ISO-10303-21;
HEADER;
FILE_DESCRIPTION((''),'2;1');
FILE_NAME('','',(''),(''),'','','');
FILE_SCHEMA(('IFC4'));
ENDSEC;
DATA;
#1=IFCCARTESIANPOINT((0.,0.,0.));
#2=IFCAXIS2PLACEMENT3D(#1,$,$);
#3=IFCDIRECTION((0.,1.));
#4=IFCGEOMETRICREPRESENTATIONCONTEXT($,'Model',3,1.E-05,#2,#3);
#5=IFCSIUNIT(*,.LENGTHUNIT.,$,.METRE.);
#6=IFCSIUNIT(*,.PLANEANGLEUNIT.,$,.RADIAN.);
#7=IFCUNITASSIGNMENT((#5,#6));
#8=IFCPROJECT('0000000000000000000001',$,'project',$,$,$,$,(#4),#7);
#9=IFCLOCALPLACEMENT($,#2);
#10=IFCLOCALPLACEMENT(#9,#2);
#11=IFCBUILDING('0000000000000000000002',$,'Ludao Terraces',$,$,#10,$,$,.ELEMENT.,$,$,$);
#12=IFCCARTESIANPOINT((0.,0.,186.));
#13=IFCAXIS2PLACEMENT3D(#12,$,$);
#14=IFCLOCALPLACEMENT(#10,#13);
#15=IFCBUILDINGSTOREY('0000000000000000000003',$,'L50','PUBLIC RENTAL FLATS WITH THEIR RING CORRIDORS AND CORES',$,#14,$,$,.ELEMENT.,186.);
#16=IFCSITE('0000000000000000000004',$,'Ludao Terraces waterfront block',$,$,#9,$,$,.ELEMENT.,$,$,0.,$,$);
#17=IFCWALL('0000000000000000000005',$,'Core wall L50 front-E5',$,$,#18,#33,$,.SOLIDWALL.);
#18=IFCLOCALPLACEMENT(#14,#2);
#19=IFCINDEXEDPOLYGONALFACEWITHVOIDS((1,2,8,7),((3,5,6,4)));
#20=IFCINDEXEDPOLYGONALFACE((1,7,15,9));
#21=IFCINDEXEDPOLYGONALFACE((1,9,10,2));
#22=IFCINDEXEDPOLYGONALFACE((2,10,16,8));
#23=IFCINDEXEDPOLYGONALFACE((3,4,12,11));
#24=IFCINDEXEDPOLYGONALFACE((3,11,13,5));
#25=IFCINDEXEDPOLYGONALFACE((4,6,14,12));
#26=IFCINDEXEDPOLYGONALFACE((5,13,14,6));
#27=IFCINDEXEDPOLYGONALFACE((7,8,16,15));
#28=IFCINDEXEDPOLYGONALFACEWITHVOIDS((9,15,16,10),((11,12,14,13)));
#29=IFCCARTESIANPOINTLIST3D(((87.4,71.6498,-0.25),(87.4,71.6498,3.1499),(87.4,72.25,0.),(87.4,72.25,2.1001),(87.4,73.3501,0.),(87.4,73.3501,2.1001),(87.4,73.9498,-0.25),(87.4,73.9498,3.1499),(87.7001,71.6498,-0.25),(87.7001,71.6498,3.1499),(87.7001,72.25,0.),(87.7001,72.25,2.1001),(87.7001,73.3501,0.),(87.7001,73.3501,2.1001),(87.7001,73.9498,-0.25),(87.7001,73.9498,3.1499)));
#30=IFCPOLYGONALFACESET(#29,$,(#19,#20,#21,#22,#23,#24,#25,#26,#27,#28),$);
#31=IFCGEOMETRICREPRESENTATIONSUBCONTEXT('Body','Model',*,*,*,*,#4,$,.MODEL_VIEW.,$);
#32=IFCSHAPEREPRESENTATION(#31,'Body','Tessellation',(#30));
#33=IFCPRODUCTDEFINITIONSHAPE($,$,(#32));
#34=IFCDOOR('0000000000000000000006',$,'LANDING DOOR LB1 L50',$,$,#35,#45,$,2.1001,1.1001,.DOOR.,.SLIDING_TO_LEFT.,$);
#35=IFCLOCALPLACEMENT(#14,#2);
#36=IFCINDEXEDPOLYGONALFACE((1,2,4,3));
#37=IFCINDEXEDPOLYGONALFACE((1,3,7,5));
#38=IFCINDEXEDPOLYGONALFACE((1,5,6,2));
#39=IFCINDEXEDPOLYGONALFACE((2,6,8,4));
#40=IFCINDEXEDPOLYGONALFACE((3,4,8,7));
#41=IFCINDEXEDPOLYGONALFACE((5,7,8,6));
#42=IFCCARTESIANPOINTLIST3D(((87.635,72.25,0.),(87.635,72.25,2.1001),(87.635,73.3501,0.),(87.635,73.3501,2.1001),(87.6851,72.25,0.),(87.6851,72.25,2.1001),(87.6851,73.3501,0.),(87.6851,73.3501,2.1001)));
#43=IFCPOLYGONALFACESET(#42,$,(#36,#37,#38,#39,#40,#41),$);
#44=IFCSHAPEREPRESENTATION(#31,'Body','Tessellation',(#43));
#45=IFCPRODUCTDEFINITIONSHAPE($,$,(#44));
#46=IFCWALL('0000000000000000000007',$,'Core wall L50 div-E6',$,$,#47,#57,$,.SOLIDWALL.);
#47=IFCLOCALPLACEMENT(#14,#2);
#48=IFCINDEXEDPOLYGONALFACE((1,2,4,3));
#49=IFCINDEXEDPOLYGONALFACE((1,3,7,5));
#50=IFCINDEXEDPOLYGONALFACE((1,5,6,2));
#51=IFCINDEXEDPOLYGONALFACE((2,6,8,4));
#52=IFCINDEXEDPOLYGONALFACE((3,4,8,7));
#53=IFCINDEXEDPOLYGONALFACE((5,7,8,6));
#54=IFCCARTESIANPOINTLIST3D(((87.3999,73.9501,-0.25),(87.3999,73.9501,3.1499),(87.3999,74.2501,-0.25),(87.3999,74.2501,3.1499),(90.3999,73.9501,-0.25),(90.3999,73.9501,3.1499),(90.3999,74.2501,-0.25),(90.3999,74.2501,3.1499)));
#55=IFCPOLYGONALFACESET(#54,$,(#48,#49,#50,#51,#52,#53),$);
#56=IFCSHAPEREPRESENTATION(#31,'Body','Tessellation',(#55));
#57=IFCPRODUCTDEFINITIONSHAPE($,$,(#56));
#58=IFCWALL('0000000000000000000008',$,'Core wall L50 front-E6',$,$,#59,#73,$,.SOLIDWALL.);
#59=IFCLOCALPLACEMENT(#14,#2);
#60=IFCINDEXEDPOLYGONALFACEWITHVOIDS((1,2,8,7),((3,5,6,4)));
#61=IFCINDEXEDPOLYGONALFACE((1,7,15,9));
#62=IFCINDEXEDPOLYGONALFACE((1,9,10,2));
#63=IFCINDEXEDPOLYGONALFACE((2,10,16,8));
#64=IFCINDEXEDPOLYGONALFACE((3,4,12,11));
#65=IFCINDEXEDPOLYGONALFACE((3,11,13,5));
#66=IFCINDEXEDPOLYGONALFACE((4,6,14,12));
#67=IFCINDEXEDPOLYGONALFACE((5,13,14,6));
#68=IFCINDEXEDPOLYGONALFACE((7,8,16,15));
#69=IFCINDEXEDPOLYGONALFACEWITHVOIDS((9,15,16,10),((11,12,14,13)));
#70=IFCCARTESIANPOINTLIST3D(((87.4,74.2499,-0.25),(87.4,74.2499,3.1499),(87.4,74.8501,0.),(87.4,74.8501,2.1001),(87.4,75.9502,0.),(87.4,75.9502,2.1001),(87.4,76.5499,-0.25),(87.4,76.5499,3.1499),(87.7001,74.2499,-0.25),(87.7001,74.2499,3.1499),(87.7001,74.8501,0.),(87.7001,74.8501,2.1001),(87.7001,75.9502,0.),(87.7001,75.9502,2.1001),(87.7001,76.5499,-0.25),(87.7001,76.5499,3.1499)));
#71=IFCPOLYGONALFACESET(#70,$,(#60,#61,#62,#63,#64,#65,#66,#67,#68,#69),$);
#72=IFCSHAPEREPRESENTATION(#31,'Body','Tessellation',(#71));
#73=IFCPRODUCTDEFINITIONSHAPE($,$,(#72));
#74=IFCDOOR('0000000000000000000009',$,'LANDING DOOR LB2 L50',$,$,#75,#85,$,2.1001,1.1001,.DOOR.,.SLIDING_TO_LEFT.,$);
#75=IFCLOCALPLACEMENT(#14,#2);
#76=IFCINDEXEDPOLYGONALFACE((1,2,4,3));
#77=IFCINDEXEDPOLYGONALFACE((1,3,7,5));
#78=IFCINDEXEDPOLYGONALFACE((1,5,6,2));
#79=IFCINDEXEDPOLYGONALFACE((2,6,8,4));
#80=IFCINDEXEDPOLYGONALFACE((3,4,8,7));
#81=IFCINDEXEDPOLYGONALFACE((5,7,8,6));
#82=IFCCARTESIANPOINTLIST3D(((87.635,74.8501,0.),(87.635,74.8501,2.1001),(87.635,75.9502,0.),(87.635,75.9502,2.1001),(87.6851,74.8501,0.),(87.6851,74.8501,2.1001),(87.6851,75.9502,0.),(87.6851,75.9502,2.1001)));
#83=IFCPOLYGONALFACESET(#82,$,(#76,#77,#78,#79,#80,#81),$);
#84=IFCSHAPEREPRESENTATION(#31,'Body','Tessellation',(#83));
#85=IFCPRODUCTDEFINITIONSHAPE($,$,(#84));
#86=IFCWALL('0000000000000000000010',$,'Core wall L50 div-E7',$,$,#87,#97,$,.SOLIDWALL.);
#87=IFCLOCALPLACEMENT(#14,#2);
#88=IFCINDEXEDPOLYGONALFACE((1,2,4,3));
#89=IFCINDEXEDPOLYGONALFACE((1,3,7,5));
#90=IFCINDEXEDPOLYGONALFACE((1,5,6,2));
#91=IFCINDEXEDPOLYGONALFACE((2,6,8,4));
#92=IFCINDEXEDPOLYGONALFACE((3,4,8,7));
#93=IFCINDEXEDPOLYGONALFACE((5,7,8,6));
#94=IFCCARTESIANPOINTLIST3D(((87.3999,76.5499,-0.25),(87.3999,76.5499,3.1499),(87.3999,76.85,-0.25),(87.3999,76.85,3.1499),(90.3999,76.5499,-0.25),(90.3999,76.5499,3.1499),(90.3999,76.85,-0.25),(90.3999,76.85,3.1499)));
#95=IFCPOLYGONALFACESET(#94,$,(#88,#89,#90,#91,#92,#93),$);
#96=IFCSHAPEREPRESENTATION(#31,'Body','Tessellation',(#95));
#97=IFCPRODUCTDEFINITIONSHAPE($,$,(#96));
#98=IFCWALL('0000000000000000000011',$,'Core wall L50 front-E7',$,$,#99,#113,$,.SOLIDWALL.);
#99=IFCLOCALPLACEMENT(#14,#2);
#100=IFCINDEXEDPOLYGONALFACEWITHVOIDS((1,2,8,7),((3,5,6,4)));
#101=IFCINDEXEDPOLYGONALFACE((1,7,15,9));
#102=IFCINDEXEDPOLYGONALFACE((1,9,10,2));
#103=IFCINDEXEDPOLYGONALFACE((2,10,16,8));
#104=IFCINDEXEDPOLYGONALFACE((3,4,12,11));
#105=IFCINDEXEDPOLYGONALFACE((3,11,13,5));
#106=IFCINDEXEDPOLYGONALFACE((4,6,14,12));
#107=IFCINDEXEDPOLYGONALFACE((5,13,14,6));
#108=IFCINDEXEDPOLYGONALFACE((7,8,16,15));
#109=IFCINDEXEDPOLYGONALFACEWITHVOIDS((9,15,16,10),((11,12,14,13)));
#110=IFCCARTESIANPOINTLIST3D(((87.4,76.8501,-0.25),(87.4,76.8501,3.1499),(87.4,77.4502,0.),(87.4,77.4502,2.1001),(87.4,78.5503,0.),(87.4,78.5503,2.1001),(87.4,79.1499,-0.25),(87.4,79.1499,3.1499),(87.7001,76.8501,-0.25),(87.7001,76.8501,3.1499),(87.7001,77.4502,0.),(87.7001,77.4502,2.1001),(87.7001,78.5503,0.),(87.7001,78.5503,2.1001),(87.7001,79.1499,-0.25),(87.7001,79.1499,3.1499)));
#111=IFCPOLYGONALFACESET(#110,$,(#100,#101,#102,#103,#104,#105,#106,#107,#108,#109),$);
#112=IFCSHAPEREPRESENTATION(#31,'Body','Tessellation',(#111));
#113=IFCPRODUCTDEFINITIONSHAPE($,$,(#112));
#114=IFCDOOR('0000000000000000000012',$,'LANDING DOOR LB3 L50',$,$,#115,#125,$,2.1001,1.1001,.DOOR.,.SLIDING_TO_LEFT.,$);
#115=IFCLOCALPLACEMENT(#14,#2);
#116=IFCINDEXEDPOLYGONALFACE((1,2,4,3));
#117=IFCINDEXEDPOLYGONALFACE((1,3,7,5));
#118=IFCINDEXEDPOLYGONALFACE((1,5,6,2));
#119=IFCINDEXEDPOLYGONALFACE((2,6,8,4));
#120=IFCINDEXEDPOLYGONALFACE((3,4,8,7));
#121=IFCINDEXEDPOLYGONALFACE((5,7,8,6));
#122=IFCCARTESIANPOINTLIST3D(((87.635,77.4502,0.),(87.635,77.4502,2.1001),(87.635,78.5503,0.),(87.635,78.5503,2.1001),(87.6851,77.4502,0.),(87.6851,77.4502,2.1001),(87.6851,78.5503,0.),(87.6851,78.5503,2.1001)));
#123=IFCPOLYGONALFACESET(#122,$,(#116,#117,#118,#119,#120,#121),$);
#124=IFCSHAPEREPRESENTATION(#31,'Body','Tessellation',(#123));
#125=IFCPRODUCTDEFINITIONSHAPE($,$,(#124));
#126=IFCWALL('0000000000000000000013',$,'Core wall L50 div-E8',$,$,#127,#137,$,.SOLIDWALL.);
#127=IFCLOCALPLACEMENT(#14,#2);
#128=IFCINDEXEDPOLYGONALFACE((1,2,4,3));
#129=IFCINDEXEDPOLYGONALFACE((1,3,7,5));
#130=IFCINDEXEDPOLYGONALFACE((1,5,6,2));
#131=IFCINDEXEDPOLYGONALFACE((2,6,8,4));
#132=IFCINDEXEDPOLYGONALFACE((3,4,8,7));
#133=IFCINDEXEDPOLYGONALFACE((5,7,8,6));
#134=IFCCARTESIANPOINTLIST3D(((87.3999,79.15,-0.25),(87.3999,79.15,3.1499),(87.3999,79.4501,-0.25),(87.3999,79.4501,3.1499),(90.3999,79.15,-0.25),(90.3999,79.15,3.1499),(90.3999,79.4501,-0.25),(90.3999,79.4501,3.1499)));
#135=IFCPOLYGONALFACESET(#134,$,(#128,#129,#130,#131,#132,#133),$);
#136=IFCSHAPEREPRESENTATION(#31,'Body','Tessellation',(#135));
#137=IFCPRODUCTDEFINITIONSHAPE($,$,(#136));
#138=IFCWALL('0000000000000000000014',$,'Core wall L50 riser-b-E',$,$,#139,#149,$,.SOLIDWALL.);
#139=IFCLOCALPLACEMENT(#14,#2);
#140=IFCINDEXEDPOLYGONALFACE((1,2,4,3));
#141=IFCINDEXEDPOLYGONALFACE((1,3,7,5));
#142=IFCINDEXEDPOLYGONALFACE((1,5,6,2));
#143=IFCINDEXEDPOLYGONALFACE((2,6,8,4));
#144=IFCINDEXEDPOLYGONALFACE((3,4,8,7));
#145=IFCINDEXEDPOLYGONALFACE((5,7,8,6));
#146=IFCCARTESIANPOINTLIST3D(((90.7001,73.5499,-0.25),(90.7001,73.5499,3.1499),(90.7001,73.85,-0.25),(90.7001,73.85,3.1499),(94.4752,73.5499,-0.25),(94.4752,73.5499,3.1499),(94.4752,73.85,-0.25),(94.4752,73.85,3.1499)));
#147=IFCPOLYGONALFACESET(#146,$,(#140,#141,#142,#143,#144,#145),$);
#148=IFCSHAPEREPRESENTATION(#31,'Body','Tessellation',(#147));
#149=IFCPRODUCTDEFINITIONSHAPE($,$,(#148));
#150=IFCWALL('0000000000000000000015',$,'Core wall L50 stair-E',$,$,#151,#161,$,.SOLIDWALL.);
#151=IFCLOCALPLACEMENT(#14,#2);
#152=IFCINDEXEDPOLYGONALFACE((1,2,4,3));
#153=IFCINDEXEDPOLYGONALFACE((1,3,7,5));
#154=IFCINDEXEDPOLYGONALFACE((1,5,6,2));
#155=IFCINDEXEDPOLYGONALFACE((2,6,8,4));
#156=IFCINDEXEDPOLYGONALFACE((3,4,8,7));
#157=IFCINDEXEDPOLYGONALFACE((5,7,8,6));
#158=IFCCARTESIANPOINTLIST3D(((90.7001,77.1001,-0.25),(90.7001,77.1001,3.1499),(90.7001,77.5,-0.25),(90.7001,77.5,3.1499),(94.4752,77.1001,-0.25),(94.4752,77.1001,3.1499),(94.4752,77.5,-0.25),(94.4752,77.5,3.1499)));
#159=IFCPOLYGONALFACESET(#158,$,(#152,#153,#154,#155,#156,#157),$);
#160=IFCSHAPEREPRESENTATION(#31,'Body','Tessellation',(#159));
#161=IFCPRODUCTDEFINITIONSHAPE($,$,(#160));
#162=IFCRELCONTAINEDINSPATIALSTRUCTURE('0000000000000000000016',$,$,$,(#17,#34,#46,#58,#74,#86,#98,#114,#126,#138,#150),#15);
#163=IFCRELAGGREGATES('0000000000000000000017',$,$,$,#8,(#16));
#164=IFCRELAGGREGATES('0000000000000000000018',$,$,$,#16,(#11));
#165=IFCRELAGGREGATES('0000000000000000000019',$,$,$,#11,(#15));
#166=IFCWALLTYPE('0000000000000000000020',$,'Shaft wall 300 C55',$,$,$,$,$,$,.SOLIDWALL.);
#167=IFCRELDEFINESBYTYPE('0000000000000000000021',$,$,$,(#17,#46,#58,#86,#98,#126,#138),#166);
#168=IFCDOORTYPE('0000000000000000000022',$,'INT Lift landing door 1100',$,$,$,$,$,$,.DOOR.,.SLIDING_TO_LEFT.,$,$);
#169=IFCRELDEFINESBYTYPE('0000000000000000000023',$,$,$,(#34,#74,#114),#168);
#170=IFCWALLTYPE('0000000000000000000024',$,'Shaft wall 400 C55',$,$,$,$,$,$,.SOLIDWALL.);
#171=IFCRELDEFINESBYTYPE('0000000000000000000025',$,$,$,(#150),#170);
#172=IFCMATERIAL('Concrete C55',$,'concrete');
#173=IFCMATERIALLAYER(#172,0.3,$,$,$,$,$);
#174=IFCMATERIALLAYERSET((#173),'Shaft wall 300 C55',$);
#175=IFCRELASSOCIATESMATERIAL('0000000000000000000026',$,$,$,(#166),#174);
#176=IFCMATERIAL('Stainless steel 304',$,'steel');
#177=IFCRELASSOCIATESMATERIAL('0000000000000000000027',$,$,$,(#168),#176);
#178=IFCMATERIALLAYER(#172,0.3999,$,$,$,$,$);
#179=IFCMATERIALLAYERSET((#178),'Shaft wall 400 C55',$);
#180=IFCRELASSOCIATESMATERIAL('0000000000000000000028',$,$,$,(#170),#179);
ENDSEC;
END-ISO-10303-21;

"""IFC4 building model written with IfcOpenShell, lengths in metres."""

from ifc_helpers import new_model, si_unit, direction, frame, frame_2d, origin, place, context, subcontext, project, spatial, rectangle, extrude, material, layer, layer_set, type_object, element, fill, save


model = new_model("IFC4")

# Units and contexts
model_context = context("Model", 3, precision=1e-05, world=origin(), true_north=direction((0.0, 1.0)))
body_context = subcontext(model_context, "Body", "Model", "MODEL_VIEW")
ifc_project = project(units=[si_unit("LENGTHUNIT", "METRE"), si_unit("PLANEANGLEUNIT", "RADIAN")], contexts=[model_context])

# Site, building, storey
site_placement = place(None, origin())
site = spatial("IfcSite", under=ifc_project, at=site_placement, Name="Ludao Terraces waterfront block", CompositionType="ELEMENT", RefElevation=0.0)
building_placement = place(site_placement, origin())
building = spatial("IfcBuilding", under=site, at=building_placement, Name="Ludao Terraces", CompositionType="ELEMENT")
storey_placement = place(building_placement, frame((0.0, 0.0, 186.0)))
storey = spatial("IfcBuildingStorey", under=building, at=storey_placement, Name="L50", Description="PUBLIC RENTAL FLATS WITH THEIR RING CORRIDORS AND CORES", CompositionType="ELEMENT", Elevation=186.0)

# Shared definitions
ifc_material_1 = material(Name="Concrete C55", Category="concrete")
ifc_layer_1 = layer(ifc_material_1, 0.3)
ifc_layer_set_1 = layer_set([ifc_layer_1], Name="Shaft wall 300 C55")
wall_type_1 = type_object("IfcWallType", Name="Shaft wall 300 C55", PredefinedType="SOLIDWALL", material=ifc_layer_set_1)

# Wall, opening, door
wall_1_placement = place(storey_placement, frame((87.55, 71.6499, -0.25), z_axis=(0.0, 0.0, 1.0), x_axis=(0.0, 1.0, 0.0)))
wall_1 = element("IfcWall", 1, at=wall_1_placement, inside=storey, type_object=wall_type_1, Name="Core wall L50 front-E5", PredefinedType="SOLIDWALL", context=body_context, shape_type="SweptSolid", body=[
    extrude(rectangle(XDim=2.3, YDim=0.3, at=frame_2d((1.1499, 0.0))), origin(), (0.0, 0.0, 1.0), 3.3999),
])
opening_1_placement = place(wall_1_placement, frame((0.6001, 0.0, 0.25)))
opening_1 = element("IfcOpeningElement", 2, at=opening_1_placement, cuts=wall_1, PredefinedType="OPENING", context=body_context, shape_type="SweptSolid", body=[
    extrude(rectangle(XDim=1.1001, YDim=2.1001, at=frame_2d((0.55, 1.05))), frame((0.0, 0.1602, 0.0), z_axis=(0.0, -1.0, 0.0), x_axis=(1.0, 0.0, 0.0)), (0.0, 0.0, 1.0), 0.3201),
])
ifc_material_2 = material(Name="Stainless steel 304", Category="steel")
door_type_1 = type_object("IfcDoorType", Name="INT Lift landing door 1100", OperationType="SLIDING_TO_LEFT", PredefinedType="DOOR", material=ifc_material_2)
door_1_placement = place(opening_1_placement, origin())
door_1 = element("IfcDoor", 3, at=door_1_placement, inside=storey, type_object=door_type_1, Name="LANDING DOOR LB1 L50", OperationType="SLIDING_TO_LEFT", OverallHeight=2.1001, OverallWidth=1.1001, PredefinedType="DOOR", context=body_context, shape_type="SweptSolid", body=[
    extrude(rectangle(XDim=1.1001, YDim=2.1001, at=frame_2d((0.55, 1.05))), frame((0.0, -0.085, 0.0), z_axis=(0.0, -1.0, 0.0), x_axis=(1.0, 0.0, 0.0)), (0.0, 0.0, 1.0), 0.05),
])
fill(opening_1, door_1)

# Wall
wall_2_placement = place(storey_placement, frame((87.3999, 74.1001, -0.25), z_axis=(0.0, 0.0, 1.0), x_axis=(1.0, 0.0, 0.0)))
element("IfcWall", 4, at=wall_2_placement, inside=storey, type_object=wall_type_1, Name="Core wall L50 div-E6", PredefinedType="SOLIDWALL", context=body_context, shape_type="SweptSolid", body=[
    extrude(rectangle(XDim=3.0, YDim=0.3, at=frame_2d((1.5, 0.0))), origin(), (0.0, 0.0, 1.0), 3.3999),
])

# Wall, opening, door
wall_3_placement = place(storey_placement, frame((87.55, 74.25, -0.25), z_axis=(0.0, 0.0, 1.0), x_axis=(0.0, 1.0, 0.0)))
wall_3 = element("IfcWall", 5, at=wall_3_placement, inside=storey, type_object=wall_type_1, Name="Core wall L50 front-E6", PredefinedType="SOLIDWALL", context=body_context, shape_type="SweptSolid", body=[
    extrude(rectangle(XDim=2.3, YDim=0.3, at=frame_2d((1.1499, 0.0))), origin(), (0.0, 0.0, 1.0), 3.3999),
])
opening_2_placement = place(wall_3_placement, frame((0.6001, 0.0, 0.25)))
opening_2 = element("IfcOpeningElement", 6, at=opening_2_placement, cuts=wall_3, PredefinedType="OPENING", context=body_context, shape_type="SweptSolid", body=[
    extrude(rectangle(XDim=1.1001, YDim=2.1001, at=frame_2d((0.55, 1.05))), frame((0.0, 0.1602, 0.0), z_axis=(0.0, -1.0, 0.0), x_axis=(1.0, 0.0, 0.0)), (0.0, 0.0, 1.0), 0.3201),
])
door_2_placement = place(opening_2_placement, origin())
door_2 = element("IfcDoor", 7, at=door_2_placement, inside=storey, type_object=door_type_1, Name="LANDING DOOR LB2 L50", OperationType="SLIDING_TO_LEFT", OverallHeight=2.1001, OverallWidth=1.1001, PredefinedType="DOOR", context=body_context, shape_type="SweptSolid", body=[
    extrude(rectangle(XDim=1.1001, YDim=2.1001, at=frame_2d((0.55, 1.05))), frame((0.0, -0.085, 0.0), z_axis=(0.0, -1.0, 0.0), x_axis=(1.0, 0.0, 0.0)), (0.0, 0.0, 1.0), 0.05),
])
fill(opening_2, door_2)

# Wall
wall_4_placement = place(storey_placement, frame((87.3999, 76.7, -0.25), z_axis=(0.0, 0.0, 1.0), x_axis=(1.0, 0.0, 0.0)))
element("IfcWall", 8, at=wall_4_placement, inside=storey, type_object=wall_type_1, Name="Core wall L50 div-E7", PredefinedType="SOLIDWALL", context=body_context, shape_type="SweptSolid", body=[
    extrude(rectangle(XDim=3.0, YDim=0.3, at=frame_2d((1.5, 0.0))), origin(), (0.0, 0.0, 1.0), 3.3999),
])

# Wall, opening, door
wall_5_placement = place(storey_placement, frame((87.55, 76.8501, -0.25), z_axis=(0.0, 0.0, 1.0), x_axis=(0.0, 1.0, 0.0)))
wall_5 = element("IfcWall", 9, at=wall_5_placement, inside=storey, type_object=wall_type_1, Name="Core wall L50 front-E7", PredefinedType="SOLIDWALL", context=body_context, shape_type="SweptSolid", body=[
    extrude(rectangle(XDim=2.2998, YDim=0.3, at=frame_2d((1.1499, 0.0))), origin(), (0.0, 0.0, 1.0), 3.3999),
])
opening_3_placement = place(wall_5_placement, frame((0.6001, 0.0, 0.25)))
opening_3 = element("IfcOpeningElement", 10, at=opening_3_placement, cuts=wall_5, PredefinedType="OPENING", context=body_context, shape_type="SweptSolid", body=[
    extrude(rectangle(XDim=1.1001, YDim=2.1001, at=frame_2d((0.55, 1.05))), frame((0.0, 0.1602, 0.0), z_axis=(0.0, -1.0, 0.0), x_axis=(1.0, 0.0, 0.0)), (0.0, 0.0, 1.0), 0.3201),
])
door_3_placement = place(opening_3_placement, origin())
door_3 = element("IfcDoor", 11, at=door_3_placement, inside=storey, type_object=door_type_1, Name="LANDING DOOR LB3 L50", OperationType="SLIDING_TO_LEFT", OverallHeight=2.1001, OverallWidth=1.1001, PredefinedType="DOOR", context=body_context, shape_type="SweptSolid", body=[
    extrude(rectangle(XDim=1.1001, YDim=2.1001, at=frame_2d((0.55, 1.05))), frame((0.0, -0.085, 0.0), z_axis=(0.0, -1.0, 0.0), x_axis=(1.0, 0.0, 0.0)), (0.0, 0.0, 1.0), 0.05),
])
fill(opening_3, door_3)

# Walls
wall_6_placement = place(storey_placement, frame((87.3999, 79.3, -0.25), z_axis=(0.0, 0.0, 1.0), x_axis=(1.0, 0.0, 0.0)))
element("IfcWall", 12, at=wall_6_placement, inside=storey, type_object=wall_type_1, Name="Core wall L50 div-E8", PredefinedType="SOLIDWALL", context=body_context, shape_type="SweptSolid", body=[
    extrude(rectangle(XDim=3.0, YDim=0.3, at=frame_2d((1.5, 0.0))), origin(), (0.0, 0.0, 1.0), 3.3999),
])
wall_7_placement = place(storey_placement, frame((90.7, 73.7, -0.25), z_axis=(0.0, 0.0, 1.0), x_axis=(1.0, 0.0, 0.0)))
element("IfcWall", 13, at=wall_7_placement, inside=storey, type_object=wall_type_1, Name="Core wall L50 riser-b-E", PredefinedType="SOLIDWALL", context=body_context, shape_type="SweptSolid", body=[
    extrude(rectangle(XDim=3.7751, YDim=0.3, at=frame_2d((1.8877, 0.0))), origin(), (0.0, 0.0, 1.0), 3.3999),
])
ifc_layer_2 = layer(ifc_material_1, 0.3999)
ifc_layer_set_2 = layer_set([ifc_layer_2], Name="Shaft wall 400 C55")
wall_type_2 = type_object("IfcWallType", Name="Shaft wall 400 C55", PredefinedType="SOLIDWALL", material=ifc_layer_set_2)
wall_8_placement = place(storey_placement, frame((90.7, 77.3, -0.25), z_axis=(0.0, 0.0, 1.0), x_axis=(1.0, 0.0, 0.0)))
element("IfcWall", 14, at=wall_8_placement, inside=storey, type_object=wall_type_2, Name="Core wall L50 stair-E", PredefinedType="SOLIDWALL", context=body_context, shape_type="SweptSolid", body=[
    extrude(rectangle(XDim=3.7751, YDim=0.3999, at=frame_2d((1.8877, 0.0))), origin(), (0.0, 0.0, 1.0), 3.3999),
])

save(model, "model.ifc")
